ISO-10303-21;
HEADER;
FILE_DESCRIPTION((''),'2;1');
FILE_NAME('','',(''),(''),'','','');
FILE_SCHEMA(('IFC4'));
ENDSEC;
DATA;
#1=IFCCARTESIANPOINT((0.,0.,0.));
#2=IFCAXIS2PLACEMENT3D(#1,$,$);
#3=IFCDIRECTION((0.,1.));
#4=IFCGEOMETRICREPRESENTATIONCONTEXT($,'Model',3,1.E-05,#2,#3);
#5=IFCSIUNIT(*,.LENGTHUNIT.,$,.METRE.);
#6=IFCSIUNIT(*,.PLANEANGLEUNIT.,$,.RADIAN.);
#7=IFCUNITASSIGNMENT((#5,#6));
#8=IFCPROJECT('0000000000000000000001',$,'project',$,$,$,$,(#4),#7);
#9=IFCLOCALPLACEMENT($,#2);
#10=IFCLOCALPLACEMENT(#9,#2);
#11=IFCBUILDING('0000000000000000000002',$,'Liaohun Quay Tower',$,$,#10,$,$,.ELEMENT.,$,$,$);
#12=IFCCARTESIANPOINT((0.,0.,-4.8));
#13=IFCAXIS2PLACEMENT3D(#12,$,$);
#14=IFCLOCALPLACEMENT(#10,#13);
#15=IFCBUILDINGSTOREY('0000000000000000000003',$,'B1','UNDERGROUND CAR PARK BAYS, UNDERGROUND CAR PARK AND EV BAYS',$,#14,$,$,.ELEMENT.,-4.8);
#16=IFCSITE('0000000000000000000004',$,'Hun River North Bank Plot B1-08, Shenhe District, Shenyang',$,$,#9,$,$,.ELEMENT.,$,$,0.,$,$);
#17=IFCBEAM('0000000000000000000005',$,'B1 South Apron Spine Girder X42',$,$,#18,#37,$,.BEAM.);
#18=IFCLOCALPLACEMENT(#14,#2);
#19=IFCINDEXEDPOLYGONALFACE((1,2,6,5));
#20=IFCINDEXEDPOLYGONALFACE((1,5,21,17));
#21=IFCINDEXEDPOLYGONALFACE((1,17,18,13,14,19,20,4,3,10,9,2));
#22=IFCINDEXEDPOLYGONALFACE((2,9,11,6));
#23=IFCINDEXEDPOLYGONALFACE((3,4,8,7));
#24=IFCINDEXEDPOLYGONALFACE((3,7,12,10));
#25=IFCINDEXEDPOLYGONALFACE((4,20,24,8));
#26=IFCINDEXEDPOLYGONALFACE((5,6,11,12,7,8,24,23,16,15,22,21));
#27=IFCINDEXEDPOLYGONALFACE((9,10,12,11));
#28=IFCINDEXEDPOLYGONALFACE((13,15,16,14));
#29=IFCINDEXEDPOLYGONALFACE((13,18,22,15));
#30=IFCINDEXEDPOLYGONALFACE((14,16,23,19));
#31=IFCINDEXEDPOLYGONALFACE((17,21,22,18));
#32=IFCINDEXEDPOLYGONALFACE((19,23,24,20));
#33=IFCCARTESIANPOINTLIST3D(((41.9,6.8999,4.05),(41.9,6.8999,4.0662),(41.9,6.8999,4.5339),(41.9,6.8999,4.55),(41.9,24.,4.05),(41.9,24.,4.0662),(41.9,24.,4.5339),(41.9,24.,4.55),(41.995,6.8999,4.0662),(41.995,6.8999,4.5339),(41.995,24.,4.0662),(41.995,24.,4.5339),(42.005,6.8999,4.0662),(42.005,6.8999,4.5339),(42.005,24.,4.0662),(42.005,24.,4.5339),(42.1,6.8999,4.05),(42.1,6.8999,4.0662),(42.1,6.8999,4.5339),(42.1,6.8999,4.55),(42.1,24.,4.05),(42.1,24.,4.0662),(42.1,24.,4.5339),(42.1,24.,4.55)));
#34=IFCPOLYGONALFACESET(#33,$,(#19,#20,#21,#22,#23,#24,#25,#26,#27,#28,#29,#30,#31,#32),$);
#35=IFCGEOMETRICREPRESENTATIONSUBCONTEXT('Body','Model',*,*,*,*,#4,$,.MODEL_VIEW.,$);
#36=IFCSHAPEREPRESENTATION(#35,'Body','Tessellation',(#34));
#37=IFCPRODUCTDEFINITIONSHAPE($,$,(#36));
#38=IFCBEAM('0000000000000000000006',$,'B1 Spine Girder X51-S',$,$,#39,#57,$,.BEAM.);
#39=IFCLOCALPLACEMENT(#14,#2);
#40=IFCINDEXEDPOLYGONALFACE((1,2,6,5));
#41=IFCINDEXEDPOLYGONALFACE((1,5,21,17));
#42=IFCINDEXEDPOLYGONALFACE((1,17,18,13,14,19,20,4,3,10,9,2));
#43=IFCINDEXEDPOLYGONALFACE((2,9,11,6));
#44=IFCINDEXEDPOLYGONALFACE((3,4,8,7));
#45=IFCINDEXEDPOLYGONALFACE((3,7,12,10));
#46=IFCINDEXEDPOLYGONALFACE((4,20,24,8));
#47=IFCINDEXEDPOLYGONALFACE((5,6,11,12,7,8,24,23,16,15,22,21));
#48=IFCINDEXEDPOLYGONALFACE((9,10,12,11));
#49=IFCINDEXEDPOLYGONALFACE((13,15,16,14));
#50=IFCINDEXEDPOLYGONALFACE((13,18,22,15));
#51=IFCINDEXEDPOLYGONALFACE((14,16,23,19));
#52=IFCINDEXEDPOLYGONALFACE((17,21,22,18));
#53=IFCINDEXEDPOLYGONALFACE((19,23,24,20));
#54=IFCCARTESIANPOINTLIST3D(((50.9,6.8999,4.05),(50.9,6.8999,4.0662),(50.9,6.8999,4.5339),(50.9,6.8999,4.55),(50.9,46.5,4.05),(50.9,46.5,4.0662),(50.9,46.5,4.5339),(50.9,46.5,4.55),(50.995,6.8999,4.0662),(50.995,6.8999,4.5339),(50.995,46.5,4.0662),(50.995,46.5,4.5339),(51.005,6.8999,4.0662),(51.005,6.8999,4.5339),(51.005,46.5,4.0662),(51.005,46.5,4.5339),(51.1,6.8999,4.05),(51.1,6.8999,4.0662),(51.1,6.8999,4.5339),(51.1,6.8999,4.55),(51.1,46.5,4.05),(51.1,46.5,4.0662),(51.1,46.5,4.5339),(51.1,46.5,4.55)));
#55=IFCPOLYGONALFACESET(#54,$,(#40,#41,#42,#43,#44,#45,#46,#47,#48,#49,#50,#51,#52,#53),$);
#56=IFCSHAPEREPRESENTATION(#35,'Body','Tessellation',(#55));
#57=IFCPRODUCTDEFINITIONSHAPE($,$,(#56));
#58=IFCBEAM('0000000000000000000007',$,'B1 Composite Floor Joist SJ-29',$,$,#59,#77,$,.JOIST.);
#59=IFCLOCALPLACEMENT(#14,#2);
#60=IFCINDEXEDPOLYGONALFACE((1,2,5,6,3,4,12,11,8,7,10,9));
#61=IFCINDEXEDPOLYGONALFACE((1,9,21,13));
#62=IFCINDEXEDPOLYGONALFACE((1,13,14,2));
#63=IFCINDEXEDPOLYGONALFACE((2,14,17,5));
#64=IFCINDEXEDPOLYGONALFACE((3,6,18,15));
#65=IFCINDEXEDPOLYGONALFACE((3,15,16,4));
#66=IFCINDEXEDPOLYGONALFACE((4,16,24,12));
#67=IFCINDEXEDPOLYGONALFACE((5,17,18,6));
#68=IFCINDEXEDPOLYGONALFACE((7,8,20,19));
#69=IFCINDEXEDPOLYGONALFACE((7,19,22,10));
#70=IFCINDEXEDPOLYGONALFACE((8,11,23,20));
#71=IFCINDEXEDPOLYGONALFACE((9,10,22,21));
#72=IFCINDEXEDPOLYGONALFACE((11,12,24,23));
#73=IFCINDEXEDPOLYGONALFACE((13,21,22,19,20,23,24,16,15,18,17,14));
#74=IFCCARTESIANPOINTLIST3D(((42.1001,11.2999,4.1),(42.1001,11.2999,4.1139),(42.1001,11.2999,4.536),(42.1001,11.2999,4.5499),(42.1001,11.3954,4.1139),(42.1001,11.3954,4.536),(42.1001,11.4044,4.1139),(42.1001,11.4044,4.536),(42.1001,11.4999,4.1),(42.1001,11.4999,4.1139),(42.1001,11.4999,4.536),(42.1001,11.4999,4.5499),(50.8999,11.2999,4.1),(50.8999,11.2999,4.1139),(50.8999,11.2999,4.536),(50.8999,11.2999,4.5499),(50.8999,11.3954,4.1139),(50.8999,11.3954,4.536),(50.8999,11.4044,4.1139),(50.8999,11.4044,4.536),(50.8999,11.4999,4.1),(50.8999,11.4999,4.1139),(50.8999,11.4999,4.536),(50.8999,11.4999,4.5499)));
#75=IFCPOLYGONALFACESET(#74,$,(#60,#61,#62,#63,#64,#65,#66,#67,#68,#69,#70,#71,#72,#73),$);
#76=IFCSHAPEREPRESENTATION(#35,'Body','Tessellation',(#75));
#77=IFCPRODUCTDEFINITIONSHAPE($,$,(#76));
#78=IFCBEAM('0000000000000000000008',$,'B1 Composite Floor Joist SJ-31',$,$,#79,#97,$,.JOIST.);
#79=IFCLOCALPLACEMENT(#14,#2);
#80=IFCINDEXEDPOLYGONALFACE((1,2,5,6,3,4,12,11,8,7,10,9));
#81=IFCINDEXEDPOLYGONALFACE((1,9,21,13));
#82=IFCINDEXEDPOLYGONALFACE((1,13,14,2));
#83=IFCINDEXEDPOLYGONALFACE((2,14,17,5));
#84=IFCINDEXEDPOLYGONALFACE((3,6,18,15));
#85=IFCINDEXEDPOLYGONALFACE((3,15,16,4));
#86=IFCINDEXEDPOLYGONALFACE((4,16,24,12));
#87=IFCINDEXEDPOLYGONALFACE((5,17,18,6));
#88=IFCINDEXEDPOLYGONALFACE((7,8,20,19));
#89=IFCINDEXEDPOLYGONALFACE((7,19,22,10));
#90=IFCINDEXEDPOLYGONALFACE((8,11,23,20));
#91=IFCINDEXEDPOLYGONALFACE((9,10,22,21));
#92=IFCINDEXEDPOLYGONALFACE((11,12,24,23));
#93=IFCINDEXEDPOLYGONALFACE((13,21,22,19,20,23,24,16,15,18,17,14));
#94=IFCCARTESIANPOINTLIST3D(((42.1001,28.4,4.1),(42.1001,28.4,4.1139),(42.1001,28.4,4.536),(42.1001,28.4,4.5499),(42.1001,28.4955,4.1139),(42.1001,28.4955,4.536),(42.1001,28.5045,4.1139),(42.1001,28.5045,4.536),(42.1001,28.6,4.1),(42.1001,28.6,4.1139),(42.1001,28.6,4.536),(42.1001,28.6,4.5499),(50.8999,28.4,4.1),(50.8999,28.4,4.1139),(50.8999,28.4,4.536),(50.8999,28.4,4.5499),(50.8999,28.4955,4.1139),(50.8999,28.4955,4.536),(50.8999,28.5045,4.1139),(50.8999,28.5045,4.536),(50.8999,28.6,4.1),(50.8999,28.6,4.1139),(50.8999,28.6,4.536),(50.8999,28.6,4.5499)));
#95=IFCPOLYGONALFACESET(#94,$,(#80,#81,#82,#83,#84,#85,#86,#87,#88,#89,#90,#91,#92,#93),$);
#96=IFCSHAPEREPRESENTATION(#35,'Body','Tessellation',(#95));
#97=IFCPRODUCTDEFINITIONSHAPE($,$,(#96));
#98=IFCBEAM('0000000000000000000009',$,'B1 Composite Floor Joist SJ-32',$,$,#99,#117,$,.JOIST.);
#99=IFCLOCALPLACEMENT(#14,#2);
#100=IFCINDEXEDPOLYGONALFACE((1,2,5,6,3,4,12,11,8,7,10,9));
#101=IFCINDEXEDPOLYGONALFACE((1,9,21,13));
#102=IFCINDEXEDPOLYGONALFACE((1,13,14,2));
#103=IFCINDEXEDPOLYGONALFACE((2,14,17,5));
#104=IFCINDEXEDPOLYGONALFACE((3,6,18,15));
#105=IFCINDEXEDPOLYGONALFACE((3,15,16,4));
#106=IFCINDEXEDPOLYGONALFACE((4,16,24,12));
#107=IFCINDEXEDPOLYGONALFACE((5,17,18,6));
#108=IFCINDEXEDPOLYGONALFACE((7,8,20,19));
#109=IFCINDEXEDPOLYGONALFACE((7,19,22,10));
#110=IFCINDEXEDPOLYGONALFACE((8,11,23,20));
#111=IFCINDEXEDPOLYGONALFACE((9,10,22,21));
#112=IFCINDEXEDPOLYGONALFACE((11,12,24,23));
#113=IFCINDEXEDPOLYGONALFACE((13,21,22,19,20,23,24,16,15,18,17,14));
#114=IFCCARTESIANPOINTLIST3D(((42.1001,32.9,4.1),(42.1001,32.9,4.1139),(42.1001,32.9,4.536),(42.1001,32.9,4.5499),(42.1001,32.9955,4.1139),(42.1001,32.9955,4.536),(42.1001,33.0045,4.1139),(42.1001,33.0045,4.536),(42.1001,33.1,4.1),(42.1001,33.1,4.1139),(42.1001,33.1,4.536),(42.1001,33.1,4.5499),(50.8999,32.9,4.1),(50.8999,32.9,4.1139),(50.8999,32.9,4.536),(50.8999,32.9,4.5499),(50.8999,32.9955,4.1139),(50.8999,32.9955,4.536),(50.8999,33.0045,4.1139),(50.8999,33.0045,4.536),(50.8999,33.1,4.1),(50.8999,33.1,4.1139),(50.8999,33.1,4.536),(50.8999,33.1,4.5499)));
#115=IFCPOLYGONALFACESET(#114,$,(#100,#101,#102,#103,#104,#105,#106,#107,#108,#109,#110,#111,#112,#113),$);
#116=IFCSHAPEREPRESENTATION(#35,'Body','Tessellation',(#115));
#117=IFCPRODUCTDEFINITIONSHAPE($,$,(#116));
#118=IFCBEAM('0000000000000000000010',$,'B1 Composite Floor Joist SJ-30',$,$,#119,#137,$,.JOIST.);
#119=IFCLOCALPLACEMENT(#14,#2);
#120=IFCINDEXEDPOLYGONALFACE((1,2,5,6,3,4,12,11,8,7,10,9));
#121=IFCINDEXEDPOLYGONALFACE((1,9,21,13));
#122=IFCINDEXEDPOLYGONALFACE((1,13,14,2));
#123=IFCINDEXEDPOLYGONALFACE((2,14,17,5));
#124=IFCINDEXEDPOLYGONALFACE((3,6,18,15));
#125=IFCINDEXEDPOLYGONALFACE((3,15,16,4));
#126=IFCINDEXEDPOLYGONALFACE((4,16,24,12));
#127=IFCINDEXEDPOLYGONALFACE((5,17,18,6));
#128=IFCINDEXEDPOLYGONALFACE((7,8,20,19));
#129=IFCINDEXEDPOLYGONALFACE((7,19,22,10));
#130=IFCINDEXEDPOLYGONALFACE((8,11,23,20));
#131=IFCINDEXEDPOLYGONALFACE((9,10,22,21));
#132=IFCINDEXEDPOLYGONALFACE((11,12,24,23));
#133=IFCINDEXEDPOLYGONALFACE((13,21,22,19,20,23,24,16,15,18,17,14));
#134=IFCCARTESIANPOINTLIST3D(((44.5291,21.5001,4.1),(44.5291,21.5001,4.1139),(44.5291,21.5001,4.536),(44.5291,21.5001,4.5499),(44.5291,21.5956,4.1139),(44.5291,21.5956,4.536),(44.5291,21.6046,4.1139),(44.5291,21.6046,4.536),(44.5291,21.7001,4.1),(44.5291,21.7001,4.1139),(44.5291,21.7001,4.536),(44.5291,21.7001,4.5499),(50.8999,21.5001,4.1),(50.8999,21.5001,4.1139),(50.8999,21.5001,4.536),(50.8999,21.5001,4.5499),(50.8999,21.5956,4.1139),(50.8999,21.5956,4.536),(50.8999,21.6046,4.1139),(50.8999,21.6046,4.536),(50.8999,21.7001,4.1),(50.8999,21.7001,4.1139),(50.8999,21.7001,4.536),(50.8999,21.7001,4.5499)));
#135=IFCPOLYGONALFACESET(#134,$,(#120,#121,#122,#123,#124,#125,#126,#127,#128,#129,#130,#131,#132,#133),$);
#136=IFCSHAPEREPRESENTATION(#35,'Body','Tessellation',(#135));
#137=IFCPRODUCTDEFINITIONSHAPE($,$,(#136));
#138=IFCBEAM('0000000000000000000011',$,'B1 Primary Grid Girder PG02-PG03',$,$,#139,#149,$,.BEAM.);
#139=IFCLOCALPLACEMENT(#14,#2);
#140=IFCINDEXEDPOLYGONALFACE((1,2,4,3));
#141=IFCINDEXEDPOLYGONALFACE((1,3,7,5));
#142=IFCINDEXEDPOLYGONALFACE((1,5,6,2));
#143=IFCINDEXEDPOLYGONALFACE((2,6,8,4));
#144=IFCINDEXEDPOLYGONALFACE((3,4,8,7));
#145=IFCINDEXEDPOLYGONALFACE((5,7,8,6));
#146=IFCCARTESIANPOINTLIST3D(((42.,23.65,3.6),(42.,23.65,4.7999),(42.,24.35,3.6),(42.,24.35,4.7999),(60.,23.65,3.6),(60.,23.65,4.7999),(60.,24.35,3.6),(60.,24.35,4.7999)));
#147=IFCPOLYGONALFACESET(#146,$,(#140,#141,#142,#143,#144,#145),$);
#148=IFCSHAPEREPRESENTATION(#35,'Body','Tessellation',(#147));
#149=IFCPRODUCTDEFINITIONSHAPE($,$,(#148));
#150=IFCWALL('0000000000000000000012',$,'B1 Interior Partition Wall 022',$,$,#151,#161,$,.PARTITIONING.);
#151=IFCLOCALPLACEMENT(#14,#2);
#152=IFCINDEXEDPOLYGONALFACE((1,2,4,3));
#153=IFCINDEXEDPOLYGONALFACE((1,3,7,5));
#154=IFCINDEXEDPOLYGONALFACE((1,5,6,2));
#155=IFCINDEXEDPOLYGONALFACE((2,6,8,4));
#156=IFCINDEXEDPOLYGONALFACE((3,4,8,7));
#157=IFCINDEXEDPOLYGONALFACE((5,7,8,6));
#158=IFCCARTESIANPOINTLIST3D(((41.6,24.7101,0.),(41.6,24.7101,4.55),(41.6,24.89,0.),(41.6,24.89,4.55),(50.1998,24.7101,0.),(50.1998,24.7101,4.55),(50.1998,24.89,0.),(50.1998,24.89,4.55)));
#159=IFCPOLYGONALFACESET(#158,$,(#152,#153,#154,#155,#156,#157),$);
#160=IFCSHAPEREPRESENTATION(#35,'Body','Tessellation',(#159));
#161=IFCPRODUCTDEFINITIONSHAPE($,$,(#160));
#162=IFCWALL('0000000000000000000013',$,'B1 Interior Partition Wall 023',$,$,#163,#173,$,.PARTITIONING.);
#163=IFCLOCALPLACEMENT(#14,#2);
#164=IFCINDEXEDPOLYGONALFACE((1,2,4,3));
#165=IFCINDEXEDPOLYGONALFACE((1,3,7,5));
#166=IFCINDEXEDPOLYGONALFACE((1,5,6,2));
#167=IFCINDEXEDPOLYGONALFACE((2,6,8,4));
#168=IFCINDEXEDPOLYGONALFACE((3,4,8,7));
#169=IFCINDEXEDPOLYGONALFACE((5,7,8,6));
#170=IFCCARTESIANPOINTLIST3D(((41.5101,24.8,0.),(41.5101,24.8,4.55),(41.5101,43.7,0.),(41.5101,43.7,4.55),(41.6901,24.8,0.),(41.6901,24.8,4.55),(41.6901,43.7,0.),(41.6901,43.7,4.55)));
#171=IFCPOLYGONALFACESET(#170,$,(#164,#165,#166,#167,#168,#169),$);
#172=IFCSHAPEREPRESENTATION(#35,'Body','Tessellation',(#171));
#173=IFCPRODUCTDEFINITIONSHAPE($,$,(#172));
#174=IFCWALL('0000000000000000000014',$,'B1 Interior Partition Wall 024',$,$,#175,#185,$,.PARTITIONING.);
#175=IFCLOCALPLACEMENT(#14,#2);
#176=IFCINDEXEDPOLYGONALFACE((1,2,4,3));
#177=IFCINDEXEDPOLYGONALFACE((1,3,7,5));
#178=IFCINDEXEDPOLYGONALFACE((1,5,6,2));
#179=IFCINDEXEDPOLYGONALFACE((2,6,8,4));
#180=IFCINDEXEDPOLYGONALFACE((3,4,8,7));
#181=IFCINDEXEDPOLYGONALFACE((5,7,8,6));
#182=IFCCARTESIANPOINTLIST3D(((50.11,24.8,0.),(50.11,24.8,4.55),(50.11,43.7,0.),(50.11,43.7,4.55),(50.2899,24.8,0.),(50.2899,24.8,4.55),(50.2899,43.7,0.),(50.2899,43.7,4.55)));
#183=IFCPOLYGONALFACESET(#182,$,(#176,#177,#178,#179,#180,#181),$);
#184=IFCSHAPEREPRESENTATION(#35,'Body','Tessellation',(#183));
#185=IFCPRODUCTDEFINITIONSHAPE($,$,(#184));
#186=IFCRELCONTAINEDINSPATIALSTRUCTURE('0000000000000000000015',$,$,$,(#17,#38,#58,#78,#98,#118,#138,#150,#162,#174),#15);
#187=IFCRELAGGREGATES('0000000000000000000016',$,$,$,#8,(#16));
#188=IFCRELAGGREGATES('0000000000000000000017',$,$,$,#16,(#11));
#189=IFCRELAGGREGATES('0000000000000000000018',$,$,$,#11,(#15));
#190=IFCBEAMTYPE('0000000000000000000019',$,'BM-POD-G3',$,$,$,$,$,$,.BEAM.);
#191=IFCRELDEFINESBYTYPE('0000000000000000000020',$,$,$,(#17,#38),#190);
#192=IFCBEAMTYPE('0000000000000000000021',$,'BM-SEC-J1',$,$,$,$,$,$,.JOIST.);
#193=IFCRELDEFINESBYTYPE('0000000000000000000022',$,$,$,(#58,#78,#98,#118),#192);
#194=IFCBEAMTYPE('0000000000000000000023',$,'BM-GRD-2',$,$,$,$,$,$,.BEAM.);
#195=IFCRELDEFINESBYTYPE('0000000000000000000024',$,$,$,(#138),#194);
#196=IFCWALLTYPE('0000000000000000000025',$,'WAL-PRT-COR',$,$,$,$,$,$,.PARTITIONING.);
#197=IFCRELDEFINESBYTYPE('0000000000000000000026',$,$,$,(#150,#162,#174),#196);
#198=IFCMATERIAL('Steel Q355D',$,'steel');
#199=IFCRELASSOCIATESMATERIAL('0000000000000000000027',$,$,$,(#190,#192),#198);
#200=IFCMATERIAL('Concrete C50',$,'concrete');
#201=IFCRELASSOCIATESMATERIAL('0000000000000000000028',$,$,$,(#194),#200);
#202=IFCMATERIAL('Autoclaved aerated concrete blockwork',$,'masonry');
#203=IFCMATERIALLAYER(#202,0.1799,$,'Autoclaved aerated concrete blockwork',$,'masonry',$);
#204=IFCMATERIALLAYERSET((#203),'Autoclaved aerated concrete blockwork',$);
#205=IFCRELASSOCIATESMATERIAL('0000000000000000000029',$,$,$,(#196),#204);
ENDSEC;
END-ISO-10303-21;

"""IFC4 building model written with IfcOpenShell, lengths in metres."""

from ifc_helpers import new_model, si_unit, direction, frame, frame_2d, origin, origin_2d, place, context, subcontext, project, spatial, rectangle, i_section, extrude, source, transform, mapped, material, layer, layer_set, material_profile, profile_set, type_object, element, save


model = new_model("IFC4")

# Units and contexts
model_context = context("Model", 3, precision=1e-05, world=origin(), true_north=direction((0.0, 1.0)))
body_context = subcontext(model_context, "Body", "Model", "MODEL_VIEW")
ifc_project = project(units=[si_unit("LENGTHUNIT", "METRE"), si_unit("PLANEANGLEUNIT", "RADIAN")], contexts=[model_context])

# Site, building, storey
site_placement = place(None, origin())
site = spatial("IfcSite", under=ifc_project, at=site_placement, Name="Hun River North Bank Plot B1-08, Shenhe District, Shenyang", CompositionType="ELEMENT", RefElevation=0.0)
building_placement = place(site_placement, origin())
building = spatial("IfcBuilding", under=site, at=building_placement, Name="Liaohun Quay Tower", CompositionType="ELEMENT")
storey_placement = place(building_placement, frame((0.0, 0.0, -4.8)))
storey = spatial("IfcBuildingStorey", under=building, at=storey_placement, Name="B1", Description="UNDERGROUND CAR PARK BAYS, UNDERGROUND CAR PARK AND EV BAYS", CompositionType="ELEMENT", Elevation=-4.8)

# Shared definitions
ifc_material_1 = material(Name="Steel Q355D", Category="steel")

# Beams
ifc_material_profile_1 = material_profile(ifc_material_1, i_section(OverallWidth=0.2, OverallDepth=0.5, WebThickness=0.01, FlangeThickness=0.0161, at=origin_2d()), Name="HN500x200x10x16")
ifc_profile_set_1 = profile_set([ifc_material_profile_1], Name="Steel Q355D")
beam_type_1 = type_object("IfcBeamType", Name="BM-POD-G3", PredefinedType="BEAM", material=ifc_profile_set_1)
shared_shape_1 = source(origin(), body_context, "Body", "SweptSolid", [
    extrude(i_section(OverallWidth=0.2, OverallDepth=0.5, WebThickness=0.01, FlangeThickness=0.0161, at=origin_2d()), origin(), (0.0, 0.0, 1.0), 17.1001),
])
beam_1_placement = place(storey_placement, frame((42.0, 6.8999, 4.3), z_axis=(0.0, 1.0, 0.0), x_axis=(-1.0, 0.0, 0.0)))
element("IfcBeam", 1, at=beam_1_placement, inside=storey, type_object=beam_type_1, Name="B1 South Apron Spine Girder X42", PredefinedType="BEAM", context=body_context, shape_type="MappedRepresentation", body=[
    mapped(shared_shape_1, transform((0.0, 0.0, 0.0), x_axis=(1.0, 0.0, 0.0), y_axis=(0.0, 1.0, 0.0), z_axis=(0.0, 0.0, 1.0), scale=1.0)),
])
shared_shape_2 = source(origin(), body_context, "Body", "SweptSolid", [
    extrude(i_section(OverallWidth=0.2, OverallDepth=0.5, WebThickness=0.01, FlangeThickness=0.0161, at=origin_2d()), origin(), (0.0, 0.0, 1.0), 39.6001),
])
beam_2_placement = place(storey_placement, frame((51.0, 6.8999, 4.3), z_axis=(0.0, 1.0, 0.0), x_axis=(-1.0, 0.0, 0.0)))
element("IfcBeam", 2, at=beam_2_placement, inside=storey, type_object=beam_type_1, Name="B1 Spine Girder X51-S", PredefinedType="BEAM", context=body_context, shape_type="MappedRepresentation", body=[
    mapped(shared_shape_2, transform((0.0, 0.0, 0.0), x_axis=(1.0, 0.0, 0.0), y_axis=(0.0, 1.0, 0.0), z_axis=(0.0, 0.0, 1.0), scale=1.0)),
])
ifc_material_profile_2 = material_profile(ifc_material_1, i_section(OverallWidth=0.2, OverallDepth=0.45, WebThickness=0.009, FlangeThickness=0.0139, at=origin_2d()), Name="HN450x200x9x14")
ifc_profile_set_2 = profile_set([ifc_material_profile_2], Name="Steel Q355D")
beam_type_2 = type_object("IfcBeamType", Name="BM-SEC-J1", PredefinedType="JOIST", material=ifc_profile_set_2)
shared_shape_3 = source(origin(), body_context, "Body", "SweptSolid", [
    extrude(i_section(OverallWidth=0.2, OverallDepth=0.45, WebThickness=0.009, FlangeThickness=0.0139, at=origin_2d()), origin(), (0.0, 0.0, 1.0), 8.7998),
])
for number, where, z_axis, x_axis, name in (
    (3, (42.1001, 11.3999, 4.325), (1.0, 0.0, 0.0), (0.0, 1.0, 0.0), "B1 Composite Floor Joist SJ-29"),
    (4, (42.1001, 28.5, 4.325), (1.0, 0.0, 0.0), (0.0, 1.0, 0.0), "B1 Composite Floor Joist SJ-31"),
    (5, (42.1001, 33.0, 4.325), (1.0, 0.0, 0.0), (0.0, 1.0, 0.0), "B1 Composite Floor Joist SJ-32"),
):
    element("IfcBeam", number, at=place(storey_placement, frame(where, z_axis=z_axis, x_axis=x_axis)), inside=storey, type_object=beam_type_2, Name=name, PredefinedType="JOIST", context=body_context, shape_type="MappedRepresentation", body=[
        mapped(shared_shape_3, transform((0.0, 0.0, 0.0), x_axis=(1.0, 0.0, 0.0), y_axis=(0.0, 1.0, 0.0), z_axis=(0.0, 0.0, 1.0), scale=1.0)),
    ])
shared_shape_4 = source(origin(), body_context, "Body", "SweptSolid", [
    extrude(i_section(OverallWidth=0.2, OverallDepth=0.45, WebThickness=0.009, FlangeThickness=0.0139, at=origin_2d()), origin(), (0.0, 0.0, 1.0), 6.3708),
])
beam_3_placement = place(storey_placement, frame((44.5291, 21.6001, 4.325), z_axis=(1.0, 0.0, 0.0), x_axis=(0.0, 1.0, 0.0)))
element("IfcBeam", 6, at=beam_3_placement, inside=storey, type_object=beam_type_2, Name="B1 Composite Floor Joist SJ-30", PredefinedType="JOIST", context=body_context, shape_type="MappedRepresentation", body=[
    mapped(shared_shape_4, transform((0.0, 0.0, 0.0), x_axis=(1.0, 0.0, 0.0), y_axis=(0.0, 1.0, 0.0), z_axis=(0.0, 0.0, 1.0), scale=1.0)),
])
ifc_material_2 = material(Name="Concrete C50", Category="concrete")
ifc_material_profile_3 = material_profile(ifc_material_2, rectangle(XDim=0.7, YDim=1.2, at=origin_2d()), Name="RC700x1200")
ifc_profile_set_3 = profile_set([ifc_material_profile_3], Name="Concrete C50")
beam_type_3 = type_object("IfcBeamType", Name="BM-GRD-2", PredefinedType="BEAM", material=ifc_profile_set_3)
shared_shape_5 = source(origin(), body_context, "Body", "SweptSolid", [
    extrude(rectangle(XDim=0.7, YDim=1.2, at=origin_2d()), origin(), (0.0, 0.0, 1.0), 18.0),
])
beam_4_placement = place(storey_placement, frame((42.0, 24.0, 4.2), z_axis=(1.0, 0.0, 0.0), x_axis=(0.0, 1.0, 0.0)))
element("IfcBeam", 7, at=beam_4_placement, inside=storey, type_object=beam_type_3, Name="B1 Primary Grid Girder PG02-PG03", PredefinedType="BEAM", context=body_context, shape_type="MappedRepresentation", body=[
    mapped(shared_shape_5, transform((0.0, 0.0, 0.0), x_axis=(1.0, 0.0, 0.0), y_axis=(0.0, 1.0, 0.0), z_axis=(0.0, 0.0, 1.0), scale=1.0)),
])

# Walls
ifc_material_3 = material(Name="Autoclaved aerated concrete blockwork", Category="masonry")
ifc_layer_1 = layer(ifc_material_3, 0.1799, Name="Autoclaved aerated concrete blockwork", Category="masonry")
ifc_layer_set_1 = layer_set([ifc_layer_1], Name="Autoclaved aerated concrete blockwork")
wall_type_1 = type_object("IfcWallType", Name="WAL-PRT-COR", PredefinedType="PARTITIONING", material=ifc_layer_set_1)
wall_1_placement = place(storey_placement, frame((41.6001, 24.8, 0.0), z_axis=(0.0, 0.0, 1.0), x_axis=(1.0, 0.0, 0.0)))
element("IfcWall", 8, at=wall_1_placement, inside=storey, type_object=wall_type_1, Name="B1 Interior Partition Wall 022", PredefinedType="PARTITIONING", context=body_context, shape_type="SweptSolid", body=[
    extrude(rectangle(XDim=8.5999, YDim=0.1799, at=frame_2d((4.2998, 0.0))), origin(), (0.0, 0.0, 1.0), 4.55),
])
for number, where, z_axis, x_axis, name in (
    (9, (41.6001, 24.8, 0.0), (0.0, 0.0, 1.0), (0.0, 1.0, 0.0), "B1 Interior Partition Wall 023"),
    (10, (50.2, 24.8, 0.0), (0.0, 0.0, 1.0), (0.0, 1.0, 0.0), "B1 Interior Partition Wall 024"),
):
    element("IfcWall", number, at=place(storey_placement, frame(where, z_axis=z_axis, x_axis=x_axis)), inside=storey, type_object=wall_type_1, Name=name, PredefinedType="PARTITIONING", context=body_context, shape_type="SweptSolid", body=[
        extrude(rectangle(XDim=18.8999, YDim=0.1799, at=frame_2d((9.45, 0.0))), origin(), (0.0, 0.0, 1.0), 4.55),
    ])

save(model, "model.ifc")
